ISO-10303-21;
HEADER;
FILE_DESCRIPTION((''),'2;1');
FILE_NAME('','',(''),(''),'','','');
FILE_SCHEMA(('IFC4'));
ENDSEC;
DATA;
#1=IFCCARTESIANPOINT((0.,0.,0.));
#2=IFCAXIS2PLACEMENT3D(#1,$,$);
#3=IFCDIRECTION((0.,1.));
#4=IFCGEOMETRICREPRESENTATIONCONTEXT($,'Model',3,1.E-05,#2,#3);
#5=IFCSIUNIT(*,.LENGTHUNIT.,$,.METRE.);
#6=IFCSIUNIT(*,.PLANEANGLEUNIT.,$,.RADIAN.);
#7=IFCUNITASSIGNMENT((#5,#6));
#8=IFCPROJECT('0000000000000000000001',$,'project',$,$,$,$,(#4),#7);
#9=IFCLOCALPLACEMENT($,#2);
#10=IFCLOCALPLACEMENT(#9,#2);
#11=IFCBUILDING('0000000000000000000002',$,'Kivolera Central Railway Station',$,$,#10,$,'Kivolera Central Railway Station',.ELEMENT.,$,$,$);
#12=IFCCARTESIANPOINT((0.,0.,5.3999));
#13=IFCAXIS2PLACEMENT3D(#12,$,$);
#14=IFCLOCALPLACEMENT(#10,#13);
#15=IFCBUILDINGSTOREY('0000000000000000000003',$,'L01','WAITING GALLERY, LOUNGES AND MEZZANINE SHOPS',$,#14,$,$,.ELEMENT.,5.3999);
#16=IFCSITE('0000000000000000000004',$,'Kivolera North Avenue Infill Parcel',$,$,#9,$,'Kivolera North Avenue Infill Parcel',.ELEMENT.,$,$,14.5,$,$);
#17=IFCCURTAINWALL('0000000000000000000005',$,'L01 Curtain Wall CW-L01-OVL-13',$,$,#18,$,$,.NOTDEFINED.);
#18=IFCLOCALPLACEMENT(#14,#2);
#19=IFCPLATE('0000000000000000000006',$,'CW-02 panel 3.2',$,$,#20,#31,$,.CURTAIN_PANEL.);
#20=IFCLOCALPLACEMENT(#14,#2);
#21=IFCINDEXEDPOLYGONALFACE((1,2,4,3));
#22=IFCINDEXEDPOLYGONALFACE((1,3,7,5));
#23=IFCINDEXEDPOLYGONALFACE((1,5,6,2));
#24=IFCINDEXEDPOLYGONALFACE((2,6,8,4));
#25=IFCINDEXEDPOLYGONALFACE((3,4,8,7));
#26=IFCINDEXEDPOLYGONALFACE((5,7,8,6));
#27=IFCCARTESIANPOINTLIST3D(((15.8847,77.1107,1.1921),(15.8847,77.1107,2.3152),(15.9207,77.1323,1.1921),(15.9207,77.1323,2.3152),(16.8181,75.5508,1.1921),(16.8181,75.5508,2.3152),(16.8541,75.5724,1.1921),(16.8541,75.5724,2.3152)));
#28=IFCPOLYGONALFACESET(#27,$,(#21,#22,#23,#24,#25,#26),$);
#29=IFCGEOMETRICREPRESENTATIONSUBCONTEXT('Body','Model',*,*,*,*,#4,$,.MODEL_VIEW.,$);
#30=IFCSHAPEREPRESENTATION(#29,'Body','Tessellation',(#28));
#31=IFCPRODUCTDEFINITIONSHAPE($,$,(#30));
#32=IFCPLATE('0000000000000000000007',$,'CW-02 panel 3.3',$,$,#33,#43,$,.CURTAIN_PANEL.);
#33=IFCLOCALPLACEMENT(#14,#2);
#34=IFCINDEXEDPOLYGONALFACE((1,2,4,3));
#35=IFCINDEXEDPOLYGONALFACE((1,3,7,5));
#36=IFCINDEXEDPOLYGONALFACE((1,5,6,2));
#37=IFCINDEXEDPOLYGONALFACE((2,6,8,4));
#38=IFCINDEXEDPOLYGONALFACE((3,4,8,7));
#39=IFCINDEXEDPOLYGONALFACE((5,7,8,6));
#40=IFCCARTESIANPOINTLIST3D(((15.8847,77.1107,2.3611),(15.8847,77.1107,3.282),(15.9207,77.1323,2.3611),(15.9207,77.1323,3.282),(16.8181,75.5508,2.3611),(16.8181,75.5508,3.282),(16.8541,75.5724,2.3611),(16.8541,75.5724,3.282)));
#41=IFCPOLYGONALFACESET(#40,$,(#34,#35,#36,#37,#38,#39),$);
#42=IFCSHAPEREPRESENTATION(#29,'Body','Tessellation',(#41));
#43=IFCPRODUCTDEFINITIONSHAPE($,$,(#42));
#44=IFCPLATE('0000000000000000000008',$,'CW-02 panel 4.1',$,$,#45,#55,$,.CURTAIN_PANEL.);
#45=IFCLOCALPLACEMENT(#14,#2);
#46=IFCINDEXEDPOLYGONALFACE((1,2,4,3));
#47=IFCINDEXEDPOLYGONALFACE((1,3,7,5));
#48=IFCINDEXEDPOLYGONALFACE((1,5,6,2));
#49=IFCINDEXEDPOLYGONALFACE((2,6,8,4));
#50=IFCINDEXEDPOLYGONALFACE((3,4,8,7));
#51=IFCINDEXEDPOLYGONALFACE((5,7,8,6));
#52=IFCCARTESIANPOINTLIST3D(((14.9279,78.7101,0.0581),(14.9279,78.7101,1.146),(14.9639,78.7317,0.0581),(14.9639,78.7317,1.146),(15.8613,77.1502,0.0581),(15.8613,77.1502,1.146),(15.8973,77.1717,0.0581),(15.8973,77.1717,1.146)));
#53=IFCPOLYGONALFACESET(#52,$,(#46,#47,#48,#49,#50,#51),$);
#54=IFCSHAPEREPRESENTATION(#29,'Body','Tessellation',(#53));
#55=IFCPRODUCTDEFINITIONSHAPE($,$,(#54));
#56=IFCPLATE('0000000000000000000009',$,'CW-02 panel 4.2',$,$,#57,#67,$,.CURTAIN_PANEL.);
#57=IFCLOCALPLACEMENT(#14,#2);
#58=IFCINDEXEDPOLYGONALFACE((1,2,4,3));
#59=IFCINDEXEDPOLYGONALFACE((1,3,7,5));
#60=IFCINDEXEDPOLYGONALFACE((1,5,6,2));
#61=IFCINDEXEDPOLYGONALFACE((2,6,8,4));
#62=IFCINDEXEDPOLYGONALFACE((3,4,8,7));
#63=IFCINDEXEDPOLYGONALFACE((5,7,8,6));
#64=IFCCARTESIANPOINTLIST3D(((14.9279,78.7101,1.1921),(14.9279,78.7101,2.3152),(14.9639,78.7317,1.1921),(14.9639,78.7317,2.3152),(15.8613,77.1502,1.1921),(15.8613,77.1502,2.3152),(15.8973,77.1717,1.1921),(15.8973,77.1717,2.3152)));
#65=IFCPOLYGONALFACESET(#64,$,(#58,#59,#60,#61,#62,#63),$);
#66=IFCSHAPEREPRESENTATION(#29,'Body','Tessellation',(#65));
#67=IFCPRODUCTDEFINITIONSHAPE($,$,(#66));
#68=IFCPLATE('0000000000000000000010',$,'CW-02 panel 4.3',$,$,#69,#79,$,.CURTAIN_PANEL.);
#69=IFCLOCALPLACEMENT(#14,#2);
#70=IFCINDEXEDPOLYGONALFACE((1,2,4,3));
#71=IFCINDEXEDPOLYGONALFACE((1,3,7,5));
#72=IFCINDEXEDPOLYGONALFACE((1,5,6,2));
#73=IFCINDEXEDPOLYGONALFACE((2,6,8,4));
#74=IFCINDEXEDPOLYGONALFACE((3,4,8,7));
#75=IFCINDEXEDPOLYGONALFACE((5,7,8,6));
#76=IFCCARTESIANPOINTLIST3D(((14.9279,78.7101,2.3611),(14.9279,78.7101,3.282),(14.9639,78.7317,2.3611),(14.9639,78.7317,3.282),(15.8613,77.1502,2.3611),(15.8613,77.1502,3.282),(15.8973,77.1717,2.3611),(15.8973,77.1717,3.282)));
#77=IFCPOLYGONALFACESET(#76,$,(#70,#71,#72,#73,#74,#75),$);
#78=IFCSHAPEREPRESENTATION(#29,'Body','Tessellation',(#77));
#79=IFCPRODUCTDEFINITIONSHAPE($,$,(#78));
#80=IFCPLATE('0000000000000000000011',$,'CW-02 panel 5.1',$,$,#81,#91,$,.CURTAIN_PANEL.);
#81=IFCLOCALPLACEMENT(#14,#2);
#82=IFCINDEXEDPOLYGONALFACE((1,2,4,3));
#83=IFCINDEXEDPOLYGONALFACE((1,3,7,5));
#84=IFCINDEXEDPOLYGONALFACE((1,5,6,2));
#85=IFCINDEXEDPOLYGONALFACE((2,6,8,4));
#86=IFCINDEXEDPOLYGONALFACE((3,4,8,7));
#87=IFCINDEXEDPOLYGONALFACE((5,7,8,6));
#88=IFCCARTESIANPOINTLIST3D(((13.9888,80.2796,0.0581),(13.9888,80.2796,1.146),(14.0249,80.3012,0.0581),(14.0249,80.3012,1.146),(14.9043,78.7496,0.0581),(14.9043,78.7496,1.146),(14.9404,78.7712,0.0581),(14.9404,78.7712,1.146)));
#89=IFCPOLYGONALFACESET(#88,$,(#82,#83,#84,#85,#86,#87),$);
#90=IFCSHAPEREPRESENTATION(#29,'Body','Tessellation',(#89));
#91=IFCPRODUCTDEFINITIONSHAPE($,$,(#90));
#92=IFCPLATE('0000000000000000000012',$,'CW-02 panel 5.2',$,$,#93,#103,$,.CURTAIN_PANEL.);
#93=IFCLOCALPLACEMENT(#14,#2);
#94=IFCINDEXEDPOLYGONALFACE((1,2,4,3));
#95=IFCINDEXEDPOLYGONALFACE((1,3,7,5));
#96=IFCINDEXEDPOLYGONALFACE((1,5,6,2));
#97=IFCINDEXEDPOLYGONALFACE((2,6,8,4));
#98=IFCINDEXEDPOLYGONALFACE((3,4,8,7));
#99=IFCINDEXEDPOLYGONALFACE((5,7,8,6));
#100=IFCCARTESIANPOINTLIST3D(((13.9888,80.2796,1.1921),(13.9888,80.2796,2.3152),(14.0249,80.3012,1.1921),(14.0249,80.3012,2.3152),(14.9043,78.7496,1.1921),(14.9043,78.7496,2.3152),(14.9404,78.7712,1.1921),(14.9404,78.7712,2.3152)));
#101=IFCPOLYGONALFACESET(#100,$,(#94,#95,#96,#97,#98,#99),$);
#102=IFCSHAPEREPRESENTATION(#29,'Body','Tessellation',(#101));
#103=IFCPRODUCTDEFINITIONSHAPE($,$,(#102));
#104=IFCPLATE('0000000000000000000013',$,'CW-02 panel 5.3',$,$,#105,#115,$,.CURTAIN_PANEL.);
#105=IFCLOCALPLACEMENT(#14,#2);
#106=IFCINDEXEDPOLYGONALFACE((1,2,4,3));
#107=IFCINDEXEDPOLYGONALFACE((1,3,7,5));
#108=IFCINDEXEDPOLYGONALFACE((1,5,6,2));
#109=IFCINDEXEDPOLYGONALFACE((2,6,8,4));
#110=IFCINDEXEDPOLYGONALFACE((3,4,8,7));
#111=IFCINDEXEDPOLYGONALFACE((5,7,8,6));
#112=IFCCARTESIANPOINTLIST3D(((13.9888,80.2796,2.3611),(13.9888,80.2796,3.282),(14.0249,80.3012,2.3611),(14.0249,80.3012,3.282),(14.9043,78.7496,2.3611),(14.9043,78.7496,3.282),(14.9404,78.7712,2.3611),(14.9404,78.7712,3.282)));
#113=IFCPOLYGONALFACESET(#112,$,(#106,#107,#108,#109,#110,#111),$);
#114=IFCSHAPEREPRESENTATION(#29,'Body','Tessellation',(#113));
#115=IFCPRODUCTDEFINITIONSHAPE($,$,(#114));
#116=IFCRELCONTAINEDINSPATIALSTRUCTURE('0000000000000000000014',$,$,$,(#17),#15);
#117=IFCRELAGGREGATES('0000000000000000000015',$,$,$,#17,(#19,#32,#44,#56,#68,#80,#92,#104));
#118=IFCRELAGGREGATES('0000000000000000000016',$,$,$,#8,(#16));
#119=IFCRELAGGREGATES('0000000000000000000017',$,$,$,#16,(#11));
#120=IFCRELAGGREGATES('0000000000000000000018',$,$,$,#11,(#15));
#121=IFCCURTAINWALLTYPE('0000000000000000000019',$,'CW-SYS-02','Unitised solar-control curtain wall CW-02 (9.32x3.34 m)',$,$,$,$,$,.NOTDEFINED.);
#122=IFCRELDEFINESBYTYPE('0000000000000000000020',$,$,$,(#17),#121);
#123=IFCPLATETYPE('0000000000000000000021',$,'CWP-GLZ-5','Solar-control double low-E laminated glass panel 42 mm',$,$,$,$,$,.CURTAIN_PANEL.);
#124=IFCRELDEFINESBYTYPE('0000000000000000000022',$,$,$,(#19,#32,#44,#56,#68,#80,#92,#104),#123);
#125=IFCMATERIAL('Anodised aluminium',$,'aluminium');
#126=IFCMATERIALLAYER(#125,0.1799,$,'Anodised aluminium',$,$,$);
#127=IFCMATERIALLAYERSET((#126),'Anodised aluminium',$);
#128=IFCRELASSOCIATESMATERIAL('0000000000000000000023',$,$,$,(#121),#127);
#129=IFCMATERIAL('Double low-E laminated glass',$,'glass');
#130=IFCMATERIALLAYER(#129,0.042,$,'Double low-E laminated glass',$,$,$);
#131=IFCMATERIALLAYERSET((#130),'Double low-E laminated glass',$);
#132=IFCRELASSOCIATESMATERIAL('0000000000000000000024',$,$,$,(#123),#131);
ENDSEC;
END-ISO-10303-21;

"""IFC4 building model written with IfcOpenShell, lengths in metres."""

from ifc_helpers import new_model, si_unit, direction, frame, origin, origin_2d, place, context, subcontext, project, spatial, rectangle, extrude, material, layer, layer_set, type_object, element, aggregate, save


model = new_model("IFC4")

# Units and contexts
model_context = context("Model", 3, precision=1e-05, world=origin(), true_north=direction((0.0, 1.0)))
body_context = subcontext(model_context, "Body", "Model", "MODEL_VIEW")
ifc_project = project(units=[si_unit("LENGTHUNIT", "METRE"), si_unit("PLANEANGLEUNIT", "RADIAN")], contexts=[model_context])

# Site, building, storey
site_placement = place(None, origin())
site = spatial("IfcSite", under=ifc_project, at=site_placement, Name="Kivolera North Avenue Infill Parcel", LongName="Kivolera North Avenue Infill Parcel", CompositionType="ELEMENT", RefElevation=14.5)
building_placement = place(site_placement, origin())
building = spatial("IfcBuilding", under=site, at=building_placement, Name="Kivolera Central Railway Station", LongName="Kivolera Central Railway Station", CompositionType="ELEMENT")
storey_placement = place(building_placement, frame((0.0, 0.0, 5.3999)))
storey = spatial("IfcBuildingStorey", under=building, at=storey_placement, Name="L01", Description="WAITING GALLERY, LOUNGES AND MEZZANINE SHOPS", CompositionType="ELEMENT", Elevation=5.3999)

# Curtain wall, plates
ifc_material_1 = material(Name="Anodised aluminium", Category="aluminium")
ifc_layer_1 = layer(ifc_material_1, 0.1799, Name="Anodised aluminium")
ifc_layer_set_1 = layer_set([ifc_layer_1], Name="Anodised aluminium")
curtain_wall_type = type_object("IfcCurtainWallType", Name="CW-SYS-02", Description="Unitised solar-control curtain wall CW-02 (9.32x3.34 m)", PredefinedType="NOTDEFINED", material=ifc_layer_set_1)
curtain_wall_placement = place(storey_placement, origin())
curtain_wall = element("IfcCurtainWall", 1, at=curtain_wall_placement, inside=storey, type_object=curtain_wall_type, Name="L01 Curtain Wall CW-L01-OVL-13", PredefinedType="NOTDEFINED")
ifc_material_2 = material(Name="Double low-E laminated glass", Category="glass")
ifc_layer_2 = layer(ifc_material_2, 0.042, Name="Double low-E laminated glass")
ifc_layer_set_2 = layer_set([ifc_layer_2], Name="Double low-E laminated glass")
plate_type = type_object("IfcPlateType", Name="CWP-GLZ-5", Description="Solar-control double low-E laminated glass panel 42 mm", PredefinedType="CURTAIN_PANEL", material=ifc_layer_set_2)
plate_1_placement = place(storey_placement, frame((16.3694, 76.3416, 1.1921), z_axis=(0.0, 0.0, 1.0), x_axis=(-0.513454, 0.858117, 0.0)))
plate_1 = element("IfcPlate", 2, at=plate_1_placement, type_object=plate_type, Name="CW-02 panel 3.2", PredefinedType="CURTAIN_PANEL", context=body_context, shape_type="SweptSolid", body=[
    extrude(rectangle(XDim=1.8179, YDim=0.042, at=origin_2d()), origin(), (0.0, 0.0, 1.0), 1.123),
])
plate_2_placement = place(storey_placement, frame((16.3694, 76.3416, 2.3611), z_axis=(0.0, 0.0, 1.0), x_axis=(-0.513454, 0.858117, 0.0)))
plate_2 = element("IfcPlate", 3, at=plate_2_placement, type_object=plate_type, Name="CW-02 panel 3.3", PredefinedType="CURTAIN_PANEL", context=body_context, shape_type="SweptSolid", body=[
    extrude(rectangle(XDim=1.8179, YDim=0.042, at=origin_2d()), origin(), (0.0, 0.0, 1.0), 0.9209),
])
plate_3_placement = place(storey_placement, frame((15.4126, 77.9409, 0.0581), z_axis=(0.0, 0.0, 1.0), x_axis=(-0.513454, 0.858117, 0.0)))
plate_3 = element("IfcPlate", 4, at=plate_3_placement, type_object=plate_type, Name="CW-02 panel 4.1", PredefinedType="CURTAIN_PANEL", context=body_context, shape_type="SweptSolid", body=[
    extrude(rectangle(XDim=1.8179, YDim=0.042, at=origin_2d()), origin(), (0.0, 0.0, 1.0), 1.0879),
])
plate_4_placement = place(storey_placement, frame((15.4126, 77.9409, 1.1921), z_axis=(0.0, 0.0, 1.0), x_axis=(-0.513454, 0.858117, 0.0)))
plate_4 = element("IfcPlate", 5, at=plate_4_placement, type_object=plate_type, Name="CW-02 panel 4.2", PredefinedType="CURTAIN_PANEL", context=body_context, shape_type="SweptSolid", body=[
    extrude(rectangle(XDim=1.8179, YDim=0.042, at=origin_2d()), origin(), (0.0, 0.0, 1.0), 1.123),
])
plate_5_placement = place(storey_placement, frame((15.4126, 77.9409, 2.3611), z_axis=(0.0, 0.0, 1.0), x_axis=(-0.513454, 0.858117, 0.0)))
plate_5 = element("IfcPlate", 6, at=plate_5_placement, type_object=plate_type, Name="CW-02 panel 4.3", PredefinedType="CURTAIN_PANEL", context=body_context, shape_type="SweptSolid", body=[
    extrude(rectangle(XDim=1.8179, YDim=0.042, at=origin_2d()), origin(), (0.0, 0.0, 1.0), 0.9209),
])
plate_6_placement = place(storey_placement, frame((14.4646, 79.5254, 0.0581), z_axis=(0.0, 0.0, 1.0), x_axis=(-0.513454, 0.858117, 0.0)))
plate_6 = element("IfcPlate", 7, at=plate_6_placement, type_object=plate_type, Name="CW-02 panel 5.1", PredefinedType="CURTAIN_PANEL", context=body_context, shape_type="SweptSolid", body=[
    extrude(rectangle(XDim=1.783, YDim=0.042, at=origin_2d()), origin(), (0.0, 0.0, 1.0), 1.0879),
])
plate_7_placement = place(storey_placement, frame((14.4646, 79.5254, 1.1921), z_axis=(0.0, 0.0, 1.0), x_axis=(-0.513454, 0.858117, 0.0)))
plate_7 = element("IfcPlate", 8, at=plate_7_placement, type_object=plate_type, Name="CW-02 panel 5.2", PredefinedType="CURTAIN_PANEL", context=body_context, shape_type="SweptSolid", body=[
    extrude(rectangle(XDim=1.783, YDim=0.042, at=origin_2d()), origin(), (0.0, 0.0, 1.0), 1.123),
])
plate_8_placement = place(storey_placement, frame((14.4646, 79.5254, 2.3611), z_axis=(0.0, 0.0, 1.0), x_axis=(-0.513454, 0.858117, 0.0)))
plate_8 = element("IfcPlate", 9, at=plate_8_placement, type_object=plate_type, Name="CW-02 panel 5.3", PredefinedType="CURTAIN_PANEL", context=body_context, shape_type="SweptSolid", body=[
    extrude(rectangle(XDim=1.783, YDim=0.042, at=origin_2d()), origin(), (0.0, 0.0, 1.0), 0.9209),
])
aggregate(curtain_wall, [plate_1, plate_2, plate_3, plate_4, plate_5, plate_6, plate_7, plate_8])

save(model, "model.ifc")
